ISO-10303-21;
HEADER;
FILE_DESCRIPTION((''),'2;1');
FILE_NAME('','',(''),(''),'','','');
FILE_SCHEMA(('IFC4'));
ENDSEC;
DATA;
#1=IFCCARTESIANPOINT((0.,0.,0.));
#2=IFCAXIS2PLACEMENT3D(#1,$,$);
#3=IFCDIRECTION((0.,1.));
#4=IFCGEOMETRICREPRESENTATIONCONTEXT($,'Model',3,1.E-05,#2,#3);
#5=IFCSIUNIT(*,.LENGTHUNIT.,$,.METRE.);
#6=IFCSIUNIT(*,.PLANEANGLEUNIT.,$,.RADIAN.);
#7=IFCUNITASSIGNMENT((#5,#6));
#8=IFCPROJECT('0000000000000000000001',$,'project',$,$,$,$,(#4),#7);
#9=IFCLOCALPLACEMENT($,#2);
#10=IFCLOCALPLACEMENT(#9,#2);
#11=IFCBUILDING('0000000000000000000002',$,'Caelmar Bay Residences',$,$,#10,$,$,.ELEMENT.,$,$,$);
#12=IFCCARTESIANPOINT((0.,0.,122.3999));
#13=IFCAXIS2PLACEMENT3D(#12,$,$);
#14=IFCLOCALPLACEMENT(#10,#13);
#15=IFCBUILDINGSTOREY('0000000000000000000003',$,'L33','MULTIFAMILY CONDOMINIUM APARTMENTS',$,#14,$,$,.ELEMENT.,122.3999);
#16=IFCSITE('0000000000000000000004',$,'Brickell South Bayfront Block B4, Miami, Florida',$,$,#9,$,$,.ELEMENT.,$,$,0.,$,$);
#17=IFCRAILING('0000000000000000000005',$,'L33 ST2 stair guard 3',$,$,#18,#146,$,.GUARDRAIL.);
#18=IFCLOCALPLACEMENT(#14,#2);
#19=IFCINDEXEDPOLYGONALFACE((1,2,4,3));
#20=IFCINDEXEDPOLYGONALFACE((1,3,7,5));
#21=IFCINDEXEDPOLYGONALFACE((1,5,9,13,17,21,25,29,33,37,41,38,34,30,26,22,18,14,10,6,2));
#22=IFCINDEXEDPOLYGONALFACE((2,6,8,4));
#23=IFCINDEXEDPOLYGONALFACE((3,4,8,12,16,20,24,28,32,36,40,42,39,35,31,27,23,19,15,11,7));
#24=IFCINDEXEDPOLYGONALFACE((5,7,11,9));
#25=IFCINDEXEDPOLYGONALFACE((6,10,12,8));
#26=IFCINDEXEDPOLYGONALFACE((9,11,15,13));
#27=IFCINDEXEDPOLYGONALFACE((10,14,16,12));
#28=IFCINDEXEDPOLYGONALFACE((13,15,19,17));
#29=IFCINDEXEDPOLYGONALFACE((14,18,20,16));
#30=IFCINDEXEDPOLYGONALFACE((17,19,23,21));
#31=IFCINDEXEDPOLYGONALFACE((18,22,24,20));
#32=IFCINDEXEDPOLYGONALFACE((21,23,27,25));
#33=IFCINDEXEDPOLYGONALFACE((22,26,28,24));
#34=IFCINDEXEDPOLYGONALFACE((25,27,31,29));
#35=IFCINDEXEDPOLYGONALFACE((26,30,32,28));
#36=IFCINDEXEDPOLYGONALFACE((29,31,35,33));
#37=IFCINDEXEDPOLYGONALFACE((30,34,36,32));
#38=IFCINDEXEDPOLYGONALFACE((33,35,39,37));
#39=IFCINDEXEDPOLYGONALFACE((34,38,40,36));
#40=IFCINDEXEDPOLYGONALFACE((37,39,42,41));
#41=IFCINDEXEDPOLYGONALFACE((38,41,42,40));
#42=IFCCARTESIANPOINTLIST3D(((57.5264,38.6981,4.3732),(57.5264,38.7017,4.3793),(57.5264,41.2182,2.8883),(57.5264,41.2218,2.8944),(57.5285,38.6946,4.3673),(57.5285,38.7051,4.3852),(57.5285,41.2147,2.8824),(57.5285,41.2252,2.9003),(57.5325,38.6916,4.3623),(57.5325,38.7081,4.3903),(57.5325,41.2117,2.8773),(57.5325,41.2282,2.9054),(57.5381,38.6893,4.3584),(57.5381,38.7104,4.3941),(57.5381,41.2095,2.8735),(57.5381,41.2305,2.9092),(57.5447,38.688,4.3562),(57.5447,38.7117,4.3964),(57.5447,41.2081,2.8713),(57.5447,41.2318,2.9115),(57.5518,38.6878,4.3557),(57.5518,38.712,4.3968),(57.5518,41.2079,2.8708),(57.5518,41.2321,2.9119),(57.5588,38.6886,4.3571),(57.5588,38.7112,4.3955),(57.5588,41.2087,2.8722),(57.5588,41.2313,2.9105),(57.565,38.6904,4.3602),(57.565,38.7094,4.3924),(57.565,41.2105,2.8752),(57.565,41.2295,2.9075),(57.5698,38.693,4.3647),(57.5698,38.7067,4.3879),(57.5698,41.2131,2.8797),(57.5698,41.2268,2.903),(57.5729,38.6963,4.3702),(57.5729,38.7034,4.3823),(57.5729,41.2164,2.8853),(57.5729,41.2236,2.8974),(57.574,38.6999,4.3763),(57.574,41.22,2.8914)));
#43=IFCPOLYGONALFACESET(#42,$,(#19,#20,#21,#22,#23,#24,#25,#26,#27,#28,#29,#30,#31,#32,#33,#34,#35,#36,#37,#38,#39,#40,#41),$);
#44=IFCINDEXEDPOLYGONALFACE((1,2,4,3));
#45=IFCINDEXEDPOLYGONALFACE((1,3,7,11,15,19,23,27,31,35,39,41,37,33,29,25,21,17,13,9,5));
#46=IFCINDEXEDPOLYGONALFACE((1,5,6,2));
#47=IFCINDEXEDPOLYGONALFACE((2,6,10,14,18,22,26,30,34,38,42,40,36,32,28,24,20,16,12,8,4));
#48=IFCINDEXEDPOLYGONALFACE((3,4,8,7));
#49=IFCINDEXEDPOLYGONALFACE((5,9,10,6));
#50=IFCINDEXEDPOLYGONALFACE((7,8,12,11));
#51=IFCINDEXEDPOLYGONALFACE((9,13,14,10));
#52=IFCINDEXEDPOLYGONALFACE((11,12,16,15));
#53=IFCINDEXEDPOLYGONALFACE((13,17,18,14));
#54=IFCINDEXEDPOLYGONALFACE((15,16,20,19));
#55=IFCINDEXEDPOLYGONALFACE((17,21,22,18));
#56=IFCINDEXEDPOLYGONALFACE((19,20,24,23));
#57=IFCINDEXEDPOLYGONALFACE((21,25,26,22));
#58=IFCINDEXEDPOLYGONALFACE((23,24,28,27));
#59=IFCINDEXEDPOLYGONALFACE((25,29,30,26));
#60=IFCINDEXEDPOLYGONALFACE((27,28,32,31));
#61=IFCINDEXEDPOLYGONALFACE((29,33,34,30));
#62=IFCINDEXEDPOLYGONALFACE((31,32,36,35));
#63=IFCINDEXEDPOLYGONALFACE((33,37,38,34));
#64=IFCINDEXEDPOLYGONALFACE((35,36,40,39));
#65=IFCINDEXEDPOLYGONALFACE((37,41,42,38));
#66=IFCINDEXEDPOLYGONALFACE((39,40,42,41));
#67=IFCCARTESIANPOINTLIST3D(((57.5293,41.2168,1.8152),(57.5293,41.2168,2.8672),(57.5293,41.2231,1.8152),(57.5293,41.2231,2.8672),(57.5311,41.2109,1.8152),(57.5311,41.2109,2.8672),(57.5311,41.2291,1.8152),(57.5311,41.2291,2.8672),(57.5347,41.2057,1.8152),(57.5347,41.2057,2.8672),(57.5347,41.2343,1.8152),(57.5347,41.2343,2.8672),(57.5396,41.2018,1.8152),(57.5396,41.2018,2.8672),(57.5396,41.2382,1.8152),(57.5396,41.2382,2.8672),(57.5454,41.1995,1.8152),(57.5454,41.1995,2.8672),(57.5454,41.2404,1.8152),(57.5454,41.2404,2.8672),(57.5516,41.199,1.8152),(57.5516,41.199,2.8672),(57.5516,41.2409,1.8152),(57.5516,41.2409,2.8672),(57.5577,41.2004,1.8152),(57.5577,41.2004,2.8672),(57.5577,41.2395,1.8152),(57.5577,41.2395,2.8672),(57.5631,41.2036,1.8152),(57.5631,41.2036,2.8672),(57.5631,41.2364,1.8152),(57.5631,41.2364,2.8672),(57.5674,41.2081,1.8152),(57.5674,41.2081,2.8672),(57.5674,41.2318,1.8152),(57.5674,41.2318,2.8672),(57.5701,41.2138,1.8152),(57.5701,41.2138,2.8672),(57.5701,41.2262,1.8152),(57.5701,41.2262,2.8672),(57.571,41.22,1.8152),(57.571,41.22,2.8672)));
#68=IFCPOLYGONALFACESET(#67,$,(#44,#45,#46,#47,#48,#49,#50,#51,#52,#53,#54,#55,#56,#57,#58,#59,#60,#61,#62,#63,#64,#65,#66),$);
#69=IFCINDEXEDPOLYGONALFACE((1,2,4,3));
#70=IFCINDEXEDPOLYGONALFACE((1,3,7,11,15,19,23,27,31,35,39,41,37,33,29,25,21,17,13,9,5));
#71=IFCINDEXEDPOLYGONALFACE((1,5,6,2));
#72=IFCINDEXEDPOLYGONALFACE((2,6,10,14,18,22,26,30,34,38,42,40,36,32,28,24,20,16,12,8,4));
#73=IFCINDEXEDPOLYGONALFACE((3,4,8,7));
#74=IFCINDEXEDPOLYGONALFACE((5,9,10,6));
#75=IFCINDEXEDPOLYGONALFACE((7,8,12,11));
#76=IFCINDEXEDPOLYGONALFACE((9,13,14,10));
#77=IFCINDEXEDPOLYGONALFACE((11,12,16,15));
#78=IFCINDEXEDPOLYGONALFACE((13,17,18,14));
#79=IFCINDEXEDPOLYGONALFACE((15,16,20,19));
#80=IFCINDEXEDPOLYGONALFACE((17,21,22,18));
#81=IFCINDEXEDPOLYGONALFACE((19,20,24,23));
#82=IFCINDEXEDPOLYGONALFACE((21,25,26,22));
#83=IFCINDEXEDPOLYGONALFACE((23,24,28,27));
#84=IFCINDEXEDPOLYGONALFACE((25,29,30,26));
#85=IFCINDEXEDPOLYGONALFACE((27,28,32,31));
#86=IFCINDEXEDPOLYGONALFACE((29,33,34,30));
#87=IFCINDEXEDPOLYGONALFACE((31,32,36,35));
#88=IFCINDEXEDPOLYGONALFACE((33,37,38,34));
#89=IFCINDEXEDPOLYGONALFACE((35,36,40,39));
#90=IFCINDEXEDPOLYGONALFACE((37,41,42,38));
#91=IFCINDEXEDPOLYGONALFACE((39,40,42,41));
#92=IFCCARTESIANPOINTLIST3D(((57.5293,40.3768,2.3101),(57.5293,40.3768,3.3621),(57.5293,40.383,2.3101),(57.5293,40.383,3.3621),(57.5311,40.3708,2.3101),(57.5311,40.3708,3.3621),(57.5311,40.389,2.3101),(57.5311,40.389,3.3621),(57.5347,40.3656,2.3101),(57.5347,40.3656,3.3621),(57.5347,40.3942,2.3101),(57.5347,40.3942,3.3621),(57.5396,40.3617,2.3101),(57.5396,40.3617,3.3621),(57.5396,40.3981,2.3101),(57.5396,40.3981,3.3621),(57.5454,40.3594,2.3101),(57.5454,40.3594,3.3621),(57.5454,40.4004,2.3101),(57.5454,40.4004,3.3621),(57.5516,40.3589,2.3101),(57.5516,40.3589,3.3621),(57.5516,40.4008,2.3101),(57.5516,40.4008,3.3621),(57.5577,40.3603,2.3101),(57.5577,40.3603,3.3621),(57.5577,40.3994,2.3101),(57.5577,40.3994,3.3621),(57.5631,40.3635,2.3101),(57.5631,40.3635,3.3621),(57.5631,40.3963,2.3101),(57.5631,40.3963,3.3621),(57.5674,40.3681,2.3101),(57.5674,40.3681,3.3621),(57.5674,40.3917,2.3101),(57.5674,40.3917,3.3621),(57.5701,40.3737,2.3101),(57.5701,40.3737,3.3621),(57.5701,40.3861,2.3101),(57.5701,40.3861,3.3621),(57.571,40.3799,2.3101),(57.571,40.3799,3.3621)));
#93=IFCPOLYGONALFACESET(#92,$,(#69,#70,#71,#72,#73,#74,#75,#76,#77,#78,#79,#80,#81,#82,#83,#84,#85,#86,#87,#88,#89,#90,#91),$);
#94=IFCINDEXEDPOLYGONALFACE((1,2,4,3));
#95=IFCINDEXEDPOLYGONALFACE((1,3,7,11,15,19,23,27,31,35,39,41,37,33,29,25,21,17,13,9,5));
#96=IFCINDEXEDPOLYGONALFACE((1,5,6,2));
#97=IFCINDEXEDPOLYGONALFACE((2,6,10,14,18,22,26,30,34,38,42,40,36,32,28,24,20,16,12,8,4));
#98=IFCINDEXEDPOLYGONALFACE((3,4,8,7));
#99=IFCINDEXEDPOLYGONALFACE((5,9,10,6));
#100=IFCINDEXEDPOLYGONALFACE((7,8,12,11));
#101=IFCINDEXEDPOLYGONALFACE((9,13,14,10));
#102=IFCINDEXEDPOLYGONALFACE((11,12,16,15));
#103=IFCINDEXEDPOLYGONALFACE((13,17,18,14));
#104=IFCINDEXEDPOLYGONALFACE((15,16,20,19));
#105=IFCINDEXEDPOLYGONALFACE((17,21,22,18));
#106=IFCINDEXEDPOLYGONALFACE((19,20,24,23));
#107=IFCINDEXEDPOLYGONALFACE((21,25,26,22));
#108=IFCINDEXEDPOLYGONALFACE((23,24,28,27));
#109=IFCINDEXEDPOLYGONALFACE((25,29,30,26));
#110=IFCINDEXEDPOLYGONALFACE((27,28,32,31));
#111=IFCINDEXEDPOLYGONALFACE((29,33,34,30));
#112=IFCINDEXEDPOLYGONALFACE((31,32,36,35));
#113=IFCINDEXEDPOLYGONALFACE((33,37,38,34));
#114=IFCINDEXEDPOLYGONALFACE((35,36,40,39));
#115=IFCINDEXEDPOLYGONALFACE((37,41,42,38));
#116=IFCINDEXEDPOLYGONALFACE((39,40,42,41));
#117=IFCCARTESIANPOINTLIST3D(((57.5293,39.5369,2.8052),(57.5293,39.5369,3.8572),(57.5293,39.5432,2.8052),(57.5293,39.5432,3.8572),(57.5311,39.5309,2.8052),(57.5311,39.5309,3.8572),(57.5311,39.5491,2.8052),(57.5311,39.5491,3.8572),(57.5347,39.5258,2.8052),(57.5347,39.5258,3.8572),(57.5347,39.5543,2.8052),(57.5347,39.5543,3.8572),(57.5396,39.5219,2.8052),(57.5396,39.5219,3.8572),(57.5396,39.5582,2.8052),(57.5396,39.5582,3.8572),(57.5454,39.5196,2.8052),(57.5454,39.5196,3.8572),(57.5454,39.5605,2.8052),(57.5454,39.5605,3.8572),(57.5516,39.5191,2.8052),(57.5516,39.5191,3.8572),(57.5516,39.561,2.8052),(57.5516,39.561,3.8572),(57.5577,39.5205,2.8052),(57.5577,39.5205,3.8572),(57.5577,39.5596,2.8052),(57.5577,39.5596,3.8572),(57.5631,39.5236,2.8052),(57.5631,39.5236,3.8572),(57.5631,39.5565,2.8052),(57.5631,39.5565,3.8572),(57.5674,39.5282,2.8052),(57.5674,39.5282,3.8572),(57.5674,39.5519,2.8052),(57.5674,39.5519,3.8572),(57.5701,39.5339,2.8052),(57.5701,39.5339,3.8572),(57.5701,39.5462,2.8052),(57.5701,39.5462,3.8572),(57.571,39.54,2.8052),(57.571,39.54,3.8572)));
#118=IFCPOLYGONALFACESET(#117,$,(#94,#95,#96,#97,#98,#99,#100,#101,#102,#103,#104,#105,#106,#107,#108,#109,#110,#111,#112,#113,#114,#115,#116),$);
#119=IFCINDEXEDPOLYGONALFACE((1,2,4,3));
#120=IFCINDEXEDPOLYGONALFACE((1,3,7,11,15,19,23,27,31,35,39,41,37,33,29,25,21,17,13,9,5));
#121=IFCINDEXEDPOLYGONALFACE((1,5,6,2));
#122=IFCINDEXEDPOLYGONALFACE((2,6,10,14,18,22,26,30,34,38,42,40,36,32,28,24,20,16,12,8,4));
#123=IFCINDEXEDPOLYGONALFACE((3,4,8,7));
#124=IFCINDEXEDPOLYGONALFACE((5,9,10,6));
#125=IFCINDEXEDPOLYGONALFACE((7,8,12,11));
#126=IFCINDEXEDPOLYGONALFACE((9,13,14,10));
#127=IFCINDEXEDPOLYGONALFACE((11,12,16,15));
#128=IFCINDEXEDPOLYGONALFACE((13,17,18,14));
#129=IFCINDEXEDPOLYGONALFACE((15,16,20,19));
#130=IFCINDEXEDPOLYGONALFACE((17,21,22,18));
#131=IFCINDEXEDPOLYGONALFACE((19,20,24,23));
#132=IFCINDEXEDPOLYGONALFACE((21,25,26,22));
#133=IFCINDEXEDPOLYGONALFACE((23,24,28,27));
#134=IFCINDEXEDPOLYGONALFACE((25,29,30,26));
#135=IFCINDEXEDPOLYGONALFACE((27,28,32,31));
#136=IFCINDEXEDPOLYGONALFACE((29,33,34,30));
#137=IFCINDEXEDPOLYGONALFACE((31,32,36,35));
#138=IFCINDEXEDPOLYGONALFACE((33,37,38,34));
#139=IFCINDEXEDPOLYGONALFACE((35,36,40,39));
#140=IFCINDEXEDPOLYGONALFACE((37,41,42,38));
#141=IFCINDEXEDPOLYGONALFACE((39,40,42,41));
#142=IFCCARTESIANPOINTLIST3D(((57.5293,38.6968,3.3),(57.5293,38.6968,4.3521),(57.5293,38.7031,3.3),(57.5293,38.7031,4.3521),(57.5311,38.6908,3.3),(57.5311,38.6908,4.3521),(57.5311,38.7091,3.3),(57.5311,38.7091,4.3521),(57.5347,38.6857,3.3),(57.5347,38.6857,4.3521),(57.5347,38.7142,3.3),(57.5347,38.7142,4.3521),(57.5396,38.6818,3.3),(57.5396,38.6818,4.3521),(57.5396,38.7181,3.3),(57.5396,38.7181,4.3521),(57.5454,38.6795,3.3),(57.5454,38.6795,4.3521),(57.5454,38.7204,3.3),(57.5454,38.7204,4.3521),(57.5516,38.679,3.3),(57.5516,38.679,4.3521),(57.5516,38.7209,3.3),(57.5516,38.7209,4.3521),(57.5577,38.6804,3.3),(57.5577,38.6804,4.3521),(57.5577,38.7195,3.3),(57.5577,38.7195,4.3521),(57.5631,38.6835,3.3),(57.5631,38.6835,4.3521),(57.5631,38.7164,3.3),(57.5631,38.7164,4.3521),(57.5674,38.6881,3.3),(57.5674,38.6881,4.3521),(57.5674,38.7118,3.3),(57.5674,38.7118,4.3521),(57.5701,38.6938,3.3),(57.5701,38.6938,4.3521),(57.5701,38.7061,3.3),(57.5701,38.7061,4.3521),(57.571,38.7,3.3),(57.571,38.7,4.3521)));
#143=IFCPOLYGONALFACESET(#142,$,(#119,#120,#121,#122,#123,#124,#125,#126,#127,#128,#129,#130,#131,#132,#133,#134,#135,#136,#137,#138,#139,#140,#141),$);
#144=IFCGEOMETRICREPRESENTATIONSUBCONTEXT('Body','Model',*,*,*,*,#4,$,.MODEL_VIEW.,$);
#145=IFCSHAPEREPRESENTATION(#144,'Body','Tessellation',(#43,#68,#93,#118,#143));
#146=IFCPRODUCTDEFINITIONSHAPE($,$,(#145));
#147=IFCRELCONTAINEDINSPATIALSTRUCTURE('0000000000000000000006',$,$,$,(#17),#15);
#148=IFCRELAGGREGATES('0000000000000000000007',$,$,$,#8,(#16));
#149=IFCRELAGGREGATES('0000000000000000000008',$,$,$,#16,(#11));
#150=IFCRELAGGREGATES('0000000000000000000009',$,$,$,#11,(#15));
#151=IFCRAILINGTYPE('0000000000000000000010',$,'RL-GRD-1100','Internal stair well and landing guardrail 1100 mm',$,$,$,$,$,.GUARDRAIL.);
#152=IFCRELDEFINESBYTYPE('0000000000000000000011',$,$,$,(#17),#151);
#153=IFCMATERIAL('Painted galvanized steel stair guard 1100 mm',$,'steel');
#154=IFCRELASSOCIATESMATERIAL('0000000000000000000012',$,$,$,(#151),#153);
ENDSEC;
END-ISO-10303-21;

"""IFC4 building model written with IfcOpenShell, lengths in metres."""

from ifc_helpers import new_model, si_unit, direction, frame, origin, origin_2d, place, context, subcontext, project, spatial, circle, extrude, material, type_object, element, save


model = new_model("IFC4")

# Units and contexts
model_context = context("Model", 3, precision=1e-05, world=origin(), true_north=direction((0.0, 1.0)))
body_context = subcontext(model_context, "Body", "Model", "MODEL_VIEW")
ifc_project = project(units=[si_unit("LENGTHUNIT", "METRE"), si_unit("PLANEANGLEUNIT", "RADIAN")], contexts=[model_context])

# Site, building, storey
site_placement = place(None, origin())
site = spatial("IfcSite", under=ifc_project, at=site_placement, Name="Brickell South Bayfront Block B4, Miami, Florida", CompositionType="ELEMENT", RefElevation=0.0)
building_placement = place(site_placement, origin())
building = spatial("IfcBuilding", under=site, at=building_placement, Name="Caelmar Bay Residences", CompositionType="ELEMENT")
storey_placement = place(building_placement, frame((0.0, 0.0, 122.3999)))
storey = spatial("IfcBuildingStorey", under=building, at=storey_placement, Name="L33", Description="MULTIFAMILY CONDOMINIUM APARTMENTS", CompositionType="ELEMENT", Elevation=122.3999)

# Railing
ifc_material_1 = material(Name="Painted galvanized steel stair guard 1100 mm", Category="steel")
railing_type_1 = type_object("IfcRailingType", Name="RL-GRD-1100", Description="Internal stair well and landing guardrail 1100 mm", PredefinedType="GUARDRAIL", material=ifc_material_1)
railing_1_placement = place(storey_placement, frame((57.55, 41.22, 1.8152)))
element("IfcRailing", 1, at=railing_1_placement, inside=storey, type_object=railing_type_1, Name="L33 ST2 stair guard 3", PredefinedType="GUARDRAIL", context=body_context, shape_type="SweptSolid", body=[
    extrude(circle(Radius=0.0239, at=origin_2d()), frame((0.0, 0.0, 1.0762), z_axis=(0.0, -0.861561, 0.507655), x_axis=(1.0, 0.0, 0.0)), (0.0, 0.0, 1.0), 2.925),
    extrude(circle(Radius=0.021, at=origin_2d()), origin(), (0.0, 0.0, 1.0), 1.052),
    extrude(circle(Radius=0.021, at=origin_2d()), frame((0.0, -0.8401, 0.4949)), (0.0, 0.0, 1.0), 1.052),
    extrude(circle(Radius=0.021, at=origin_2d()), frame((0.0, -1.6799, 0.99)), (0.0, 0.0, 1.0), 1.052),
    extrude(circle(Radius=0.021, at=origin_2d()), frame((0.0, -2.52, 1.4849)), (0.0, 0.0, 1.0), 1.052),
])

save(model, "model.ifc")
